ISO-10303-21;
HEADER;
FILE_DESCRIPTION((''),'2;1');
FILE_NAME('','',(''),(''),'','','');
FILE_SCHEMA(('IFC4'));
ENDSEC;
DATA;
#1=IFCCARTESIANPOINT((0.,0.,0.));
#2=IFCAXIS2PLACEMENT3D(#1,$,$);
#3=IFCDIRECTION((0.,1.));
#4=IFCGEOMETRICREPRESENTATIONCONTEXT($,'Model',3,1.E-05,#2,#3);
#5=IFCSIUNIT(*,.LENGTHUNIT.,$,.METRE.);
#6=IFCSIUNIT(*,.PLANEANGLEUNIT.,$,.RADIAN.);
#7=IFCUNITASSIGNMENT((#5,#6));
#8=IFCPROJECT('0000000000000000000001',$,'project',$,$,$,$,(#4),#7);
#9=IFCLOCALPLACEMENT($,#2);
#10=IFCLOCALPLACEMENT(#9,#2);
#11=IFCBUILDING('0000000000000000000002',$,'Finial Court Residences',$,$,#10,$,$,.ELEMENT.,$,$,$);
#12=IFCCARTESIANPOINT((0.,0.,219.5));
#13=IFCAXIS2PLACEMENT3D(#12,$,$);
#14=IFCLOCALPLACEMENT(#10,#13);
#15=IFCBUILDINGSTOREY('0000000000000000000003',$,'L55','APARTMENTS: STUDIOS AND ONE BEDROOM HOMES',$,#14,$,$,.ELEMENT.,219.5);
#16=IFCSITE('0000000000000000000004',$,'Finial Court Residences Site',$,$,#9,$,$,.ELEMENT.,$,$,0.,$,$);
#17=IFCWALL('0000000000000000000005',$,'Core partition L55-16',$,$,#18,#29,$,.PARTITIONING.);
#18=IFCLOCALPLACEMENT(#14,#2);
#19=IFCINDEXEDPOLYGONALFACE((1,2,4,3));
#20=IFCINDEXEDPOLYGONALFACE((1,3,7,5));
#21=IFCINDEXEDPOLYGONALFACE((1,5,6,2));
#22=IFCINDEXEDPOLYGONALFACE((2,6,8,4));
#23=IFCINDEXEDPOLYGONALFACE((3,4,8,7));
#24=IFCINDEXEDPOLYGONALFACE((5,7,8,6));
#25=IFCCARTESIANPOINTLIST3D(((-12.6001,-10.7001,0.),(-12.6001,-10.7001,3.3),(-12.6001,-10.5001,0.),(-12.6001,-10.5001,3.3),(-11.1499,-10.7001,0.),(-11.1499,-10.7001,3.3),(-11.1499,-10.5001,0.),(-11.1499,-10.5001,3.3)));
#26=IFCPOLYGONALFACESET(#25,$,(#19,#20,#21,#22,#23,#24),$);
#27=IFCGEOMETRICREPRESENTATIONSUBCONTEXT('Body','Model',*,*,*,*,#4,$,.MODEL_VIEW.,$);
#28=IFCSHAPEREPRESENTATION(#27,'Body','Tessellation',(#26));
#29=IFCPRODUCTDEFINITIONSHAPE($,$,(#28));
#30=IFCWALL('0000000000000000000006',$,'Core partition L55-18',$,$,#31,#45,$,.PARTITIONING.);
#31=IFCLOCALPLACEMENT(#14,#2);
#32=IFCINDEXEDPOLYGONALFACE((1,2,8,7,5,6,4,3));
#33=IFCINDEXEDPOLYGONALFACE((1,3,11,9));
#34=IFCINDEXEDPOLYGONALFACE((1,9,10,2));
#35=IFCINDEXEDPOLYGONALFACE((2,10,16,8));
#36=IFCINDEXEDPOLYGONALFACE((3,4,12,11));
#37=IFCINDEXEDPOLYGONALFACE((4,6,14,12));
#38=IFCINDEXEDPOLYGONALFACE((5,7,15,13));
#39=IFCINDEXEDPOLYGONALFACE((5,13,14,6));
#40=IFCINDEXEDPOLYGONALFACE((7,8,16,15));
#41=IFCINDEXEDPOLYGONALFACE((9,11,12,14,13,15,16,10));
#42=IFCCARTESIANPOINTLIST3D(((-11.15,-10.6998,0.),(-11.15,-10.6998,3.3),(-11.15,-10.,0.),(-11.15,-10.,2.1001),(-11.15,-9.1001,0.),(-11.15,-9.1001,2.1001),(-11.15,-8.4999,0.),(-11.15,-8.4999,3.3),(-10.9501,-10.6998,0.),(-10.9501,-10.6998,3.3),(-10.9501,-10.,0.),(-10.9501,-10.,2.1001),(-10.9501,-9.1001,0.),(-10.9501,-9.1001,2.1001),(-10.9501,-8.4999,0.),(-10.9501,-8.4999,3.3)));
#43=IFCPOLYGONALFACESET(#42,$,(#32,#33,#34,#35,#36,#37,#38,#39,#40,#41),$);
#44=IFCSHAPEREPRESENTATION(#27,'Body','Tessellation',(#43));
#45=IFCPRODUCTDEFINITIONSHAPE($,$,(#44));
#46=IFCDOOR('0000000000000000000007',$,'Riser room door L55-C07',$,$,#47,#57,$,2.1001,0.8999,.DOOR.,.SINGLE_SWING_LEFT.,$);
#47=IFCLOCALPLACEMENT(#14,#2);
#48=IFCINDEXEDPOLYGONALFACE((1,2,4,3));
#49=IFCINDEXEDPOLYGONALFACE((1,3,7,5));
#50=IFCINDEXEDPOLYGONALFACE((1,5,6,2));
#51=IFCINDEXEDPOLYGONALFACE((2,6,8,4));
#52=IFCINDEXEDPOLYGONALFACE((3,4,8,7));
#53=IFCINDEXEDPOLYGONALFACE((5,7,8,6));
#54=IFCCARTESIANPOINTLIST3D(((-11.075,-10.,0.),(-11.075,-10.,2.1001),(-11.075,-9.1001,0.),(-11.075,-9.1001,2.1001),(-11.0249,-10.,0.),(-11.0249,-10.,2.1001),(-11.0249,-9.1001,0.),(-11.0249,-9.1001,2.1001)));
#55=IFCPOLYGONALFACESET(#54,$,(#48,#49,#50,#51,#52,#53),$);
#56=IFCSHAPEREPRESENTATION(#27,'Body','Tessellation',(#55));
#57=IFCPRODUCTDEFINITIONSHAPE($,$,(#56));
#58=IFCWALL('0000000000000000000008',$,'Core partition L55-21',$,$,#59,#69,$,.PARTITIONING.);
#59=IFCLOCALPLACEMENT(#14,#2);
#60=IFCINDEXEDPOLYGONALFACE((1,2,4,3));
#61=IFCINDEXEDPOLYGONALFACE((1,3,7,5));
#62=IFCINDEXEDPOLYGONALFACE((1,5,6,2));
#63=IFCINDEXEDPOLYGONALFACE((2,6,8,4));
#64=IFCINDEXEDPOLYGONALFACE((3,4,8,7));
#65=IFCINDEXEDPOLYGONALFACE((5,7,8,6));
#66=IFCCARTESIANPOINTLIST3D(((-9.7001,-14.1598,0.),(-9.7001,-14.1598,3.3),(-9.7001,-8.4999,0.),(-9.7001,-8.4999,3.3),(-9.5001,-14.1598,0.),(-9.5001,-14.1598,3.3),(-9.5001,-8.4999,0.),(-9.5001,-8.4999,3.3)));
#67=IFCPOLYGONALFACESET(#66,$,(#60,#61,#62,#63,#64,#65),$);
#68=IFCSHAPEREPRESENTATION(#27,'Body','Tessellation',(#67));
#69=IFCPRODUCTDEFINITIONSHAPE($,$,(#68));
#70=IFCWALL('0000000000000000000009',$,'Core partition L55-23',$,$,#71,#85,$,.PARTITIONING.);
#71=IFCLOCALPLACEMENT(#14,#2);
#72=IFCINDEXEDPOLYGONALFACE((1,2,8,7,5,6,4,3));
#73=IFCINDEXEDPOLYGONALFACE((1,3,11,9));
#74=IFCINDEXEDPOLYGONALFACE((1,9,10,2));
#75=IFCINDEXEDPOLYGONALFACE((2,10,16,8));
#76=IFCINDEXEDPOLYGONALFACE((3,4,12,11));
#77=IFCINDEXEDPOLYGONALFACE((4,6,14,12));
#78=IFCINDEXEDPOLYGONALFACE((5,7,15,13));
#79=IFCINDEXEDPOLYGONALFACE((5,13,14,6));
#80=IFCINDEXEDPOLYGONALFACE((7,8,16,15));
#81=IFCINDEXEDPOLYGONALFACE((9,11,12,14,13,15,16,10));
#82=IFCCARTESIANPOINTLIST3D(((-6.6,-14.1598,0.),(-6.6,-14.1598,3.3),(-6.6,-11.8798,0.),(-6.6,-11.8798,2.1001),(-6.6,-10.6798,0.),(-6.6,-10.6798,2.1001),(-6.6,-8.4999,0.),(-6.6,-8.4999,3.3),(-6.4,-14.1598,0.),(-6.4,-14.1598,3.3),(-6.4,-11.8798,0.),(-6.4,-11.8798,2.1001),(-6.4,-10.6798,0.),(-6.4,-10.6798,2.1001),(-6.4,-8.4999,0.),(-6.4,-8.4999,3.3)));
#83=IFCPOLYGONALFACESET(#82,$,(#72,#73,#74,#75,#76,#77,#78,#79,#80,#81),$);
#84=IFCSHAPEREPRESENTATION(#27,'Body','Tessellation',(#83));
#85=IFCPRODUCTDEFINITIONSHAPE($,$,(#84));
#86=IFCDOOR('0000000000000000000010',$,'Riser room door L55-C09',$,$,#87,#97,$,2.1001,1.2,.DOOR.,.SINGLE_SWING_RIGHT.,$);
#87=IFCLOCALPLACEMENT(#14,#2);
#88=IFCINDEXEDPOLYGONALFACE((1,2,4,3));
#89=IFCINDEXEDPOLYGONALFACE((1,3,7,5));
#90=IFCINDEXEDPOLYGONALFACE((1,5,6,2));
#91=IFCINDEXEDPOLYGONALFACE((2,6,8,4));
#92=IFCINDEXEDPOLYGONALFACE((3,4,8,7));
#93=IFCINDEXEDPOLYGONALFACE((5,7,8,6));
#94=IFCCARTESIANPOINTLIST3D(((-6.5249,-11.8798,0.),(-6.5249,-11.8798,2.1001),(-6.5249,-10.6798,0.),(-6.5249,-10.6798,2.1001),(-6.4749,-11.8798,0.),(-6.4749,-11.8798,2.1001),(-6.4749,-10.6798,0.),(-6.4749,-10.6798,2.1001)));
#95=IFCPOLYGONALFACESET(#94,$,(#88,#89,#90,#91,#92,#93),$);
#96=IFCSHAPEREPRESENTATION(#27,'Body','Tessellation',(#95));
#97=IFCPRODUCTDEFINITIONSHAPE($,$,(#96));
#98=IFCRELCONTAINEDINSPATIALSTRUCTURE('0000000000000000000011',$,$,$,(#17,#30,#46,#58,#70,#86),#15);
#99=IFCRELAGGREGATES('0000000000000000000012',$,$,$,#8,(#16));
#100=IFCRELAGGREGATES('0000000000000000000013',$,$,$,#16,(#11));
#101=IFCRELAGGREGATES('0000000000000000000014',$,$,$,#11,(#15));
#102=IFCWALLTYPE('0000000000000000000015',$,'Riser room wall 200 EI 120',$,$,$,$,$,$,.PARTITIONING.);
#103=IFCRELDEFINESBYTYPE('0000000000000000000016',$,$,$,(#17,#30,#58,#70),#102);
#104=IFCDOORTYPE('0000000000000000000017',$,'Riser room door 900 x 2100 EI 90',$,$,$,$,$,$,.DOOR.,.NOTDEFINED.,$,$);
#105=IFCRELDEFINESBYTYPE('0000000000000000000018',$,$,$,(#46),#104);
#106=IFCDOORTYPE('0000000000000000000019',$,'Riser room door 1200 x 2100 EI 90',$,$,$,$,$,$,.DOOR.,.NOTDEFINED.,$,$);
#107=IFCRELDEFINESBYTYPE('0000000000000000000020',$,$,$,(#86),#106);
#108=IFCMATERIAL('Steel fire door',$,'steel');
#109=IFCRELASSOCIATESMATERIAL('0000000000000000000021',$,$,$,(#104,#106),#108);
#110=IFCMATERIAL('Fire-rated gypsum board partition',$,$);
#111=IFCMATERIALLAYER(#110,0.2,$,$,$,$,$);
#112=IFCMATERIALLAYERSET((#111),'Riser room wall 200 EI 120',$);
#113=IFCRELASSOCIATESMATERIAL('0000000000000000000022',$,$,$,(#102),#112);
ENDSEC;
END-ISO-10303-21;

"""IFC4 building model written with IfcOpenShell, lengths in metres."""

from ifc_helpers import new_model, si_unit, direction, frame, frame_2d, origin, place, context, subcontext, project, spatial, rectangle, extrude, material, layer, layer_set, type_object, element, fill, save


model = new_model("IFC4")

# Units and contexts
model_context = context("Model", 3, precision=1e-05, world=origin(), true_north=direction((0.0, 1.0)))
body_context = subcontext(model_context, "Body", "Model", "MODEL_VIEW")
ifc_project = project(units=[si_unit("LENGTHUNIT", "METRE"), si_unit("PLANEANGLEUNIT", "RADIAN")], contexts=[model_context])

# Site, building, storey
site_placement = place(None, origin())
site = spatial("IfcSite", under=ifc_project, at=site_placement, Name="Finial Court Residences Site", CompositionType="ELEMENT", RefElevation=0.0)
building_placement = place(site_placement, origin())
building = spatial("IfcBuilding", under=site, at=building_placement, Name="Finial Court Residences", CompositionType="ELEMENT")
storey_placement = place(building_placement, frame((0.0, 0.0, 219.5)))
storey = spatial("IfcBuildingStorey", under=building, at=storey_placement, Name="L55", Description="APARTMENTS: STUDIOS AND ONE BEDROOM HOMES", CompositionType="ELEMENT", Elevation=219.5)

# Shared definitions
ifc_material_1 = material(Name="Steel fire door", Category="steel")
door_type_1 = type_object("IfcDoorType", Name="Riser room door 900 x 2100 EI 90", OperationType="NOTDEFINED", PredefinedType="DOOR", material=ifc_material_1)

# Shared definitions
ifc_material_2 = material(Name="Fire-rated gypsum board partition")

# Wall
ifc_layer_1 = layer(ifc_material_2, 0.2)
ifc_layer_set_1 = layer_set([ifc_layer_1], Name="Riser room wall 200 EI 120")
wall_type_1 = type_object("IfcWallType", Name="Riser room wall 200 EI 120", PredefinedType="PARTITIONING", material=ifc_layer_set_1)
wall_1_placement = place(storey_placement, frame((-12.6001, -10.6001, 0.0), z_axis=(0.0, 0.0, 1.0), x_axis=(1.0, 0.0, 0.0)))
element("IfcWall", 1, at=wall_1_placement, inside=storey, type_object=wall_type_1, Name="Core partition L55-16", PredefinedType="PARTITIONING", context=body_context, shape_type="SweptSolid", body=[
    extrude(rectangle(XDim=1.4502, YDim=0.2, at=frame_2d((0.7251, 0.0))), origin(), (0.0, 0.0, 1.0), 3.3),
])

# Wall, opening, door
wall_2_placement = place(storey_placement, frame((-11.05, -10.7, 0.0), z_axis=(0.0, 0.0, 1.0), x_axis=(0.0, 1.0, 0.0)))
wall_2 = element("IfcWall", 2, at=wall_2_placement, inside=storey, type_object=wall_type_1, Name="Core partition L55-18", PredefinedType="PARTITIONING", context=body_context, shape_type="SweptSolid", body=[
    extrude(rectangle(XDim=2.2, YDim=0.2, at=frame_2d((1.1001, 0.0))), origin(), (0.0, 0.0, 1.0), 3.3),
])
opening_1_placement = place(wall_2_placement, frame((0.7, 0.0, 0.0)))
opening_1 = element("IfcOpeningElement", 3, at=opening_1_placement, cuts=wall_2, PredefinedType="OPENING", context=body_context, shape_type="SweptSolid", body=[
    extrude(rectangle(XDim=0.8999, YDim=2.1001, at=frame_2d((0.45, 1.05))), frame((0.0, 0.1099, 0.0), z_axis=(0.0, -1.0, 0.0), x_axis=(1.0, 0.0, 0.0)), (0.0, 0.0, 1.0), 0.22),
])
door_1_placement = place(opening_1_placement, origin())
door_1 = element("IfcDoor", 4, at=door_1_placement, inside=storey, type_object=door_type_1, Name="Riser room door L55-C07", OperationType="SINGLE_SWING_LEFT", OverallHeight=2.1001, OverallWidth=0.8999, PredefinedType="DOOR", context=body_context, shape_type="SweptSolid", body=[
    extrude(rectangle(XDim=0.8999, YDim=2.1001, at=frame_2d((0.45, 1.05))), frame((0.0, 0.0249, 0.0), z_axis=(0.0, -1.0, 0.0), x_axis=(1.0, 0.0, 0.0)), (0.0, 0.0, 1.0), 0.05),
])
fill(opening_1, door_1)

# Wall
wall_3_placement = place(storey_placement, frame((-9.6001, -14.1599, 0.0), z_axis=(0.0, 0.0, 1.0), x_axis=(0.0, 1.0, 0.0)))
element("IfcWall", 5, at=wall_3_placement, inside=storey, type_object=wall_type_1, Name="Core partition L55-21", PredefinedType="PARTITIONING", context=body_context, shape_type="SweptSolid", body=[
    extrude(rectangle(XDim=5.6599, YDim=0.2, at=frame_2d((2.8301, 0.0))), origin(), (0.0, 0.0, 1.0), 3.3),
])

# Wall, opening, door
wall_4_placement = place(storey_placement, frame((-6.5, -14.1599, 0.0), z_axis=(0.0, 0.0, 1.0), x_axis=(0.0, 1.0, 0.0)))
wall_4 = element("IfcWall", 6, at=wall_4_placement, inside=storey, type_object=wall_type_1, Name="Core partition L55-23", PredefinedType="PARTITIONING", context=body_context, shape_type="SweptSolid", body=[
    extrude(rectangle(XDim=5.6599, YDim=0.2, at=frame_2d((2.8301, 0.0))), origin(), (0.0, 0.0, 1.0), 3.3),
])
opening_2_placement = place(wall_4_placement, frame((2.28, 0.0, 0.0)))
opening_2 = element("IfcOpeningElement", 7, at=opening_2_placement, cuts=wall_4, PredefinedType="OPENING", context=body_context, shape_type="SweptSolid", body=[
    extrude(rectangle(XDim=1.2, YDim=2.1001, at=frame_2d((0.6001, 1.05))), frame((0.0, 0.1099, 0.0), z_axis=(0.0, -1.0, 0.0), x_axis=(1.0, 0.0, 0.0)), (0.0, 0.0, 1.0), 0.22),
])
door_type_2 = type_object("IfcDoorType", Name="Riser room door 1200 x 2100 EI 90", OperationType="NOTDEFINED", PredefinedType="DOOR", material=ifc_material_1)
door_2_placement = place(opening_2_placement, origin())
door_2 = element("IfcDoor", 8, at=door_2_placement, inside=storey, type_object=door_type_2, Name="Riser room door L55-C09", OperationType="SINGLE_SWING_RIGHT", OverallHeight=2.1001, OverallWidth=1.2, PredefinedType="DOOR", context=body_context, shape_type="SweptSolid", body=[
    extrude(rectangle(XDim=1.2, YDim=2.1001, at=frame_2d((0.6001, 1.05))), frame((0.0, 0.0249, 0.0), z_axis=(0.0, -1.0, 0.0), x_axis=(1.0, 0.0, 0.0)), (0.0, 0.0, 1.0), 0.05),
])
fill(opening_2, door_2)

save(model, "model.ifc")
